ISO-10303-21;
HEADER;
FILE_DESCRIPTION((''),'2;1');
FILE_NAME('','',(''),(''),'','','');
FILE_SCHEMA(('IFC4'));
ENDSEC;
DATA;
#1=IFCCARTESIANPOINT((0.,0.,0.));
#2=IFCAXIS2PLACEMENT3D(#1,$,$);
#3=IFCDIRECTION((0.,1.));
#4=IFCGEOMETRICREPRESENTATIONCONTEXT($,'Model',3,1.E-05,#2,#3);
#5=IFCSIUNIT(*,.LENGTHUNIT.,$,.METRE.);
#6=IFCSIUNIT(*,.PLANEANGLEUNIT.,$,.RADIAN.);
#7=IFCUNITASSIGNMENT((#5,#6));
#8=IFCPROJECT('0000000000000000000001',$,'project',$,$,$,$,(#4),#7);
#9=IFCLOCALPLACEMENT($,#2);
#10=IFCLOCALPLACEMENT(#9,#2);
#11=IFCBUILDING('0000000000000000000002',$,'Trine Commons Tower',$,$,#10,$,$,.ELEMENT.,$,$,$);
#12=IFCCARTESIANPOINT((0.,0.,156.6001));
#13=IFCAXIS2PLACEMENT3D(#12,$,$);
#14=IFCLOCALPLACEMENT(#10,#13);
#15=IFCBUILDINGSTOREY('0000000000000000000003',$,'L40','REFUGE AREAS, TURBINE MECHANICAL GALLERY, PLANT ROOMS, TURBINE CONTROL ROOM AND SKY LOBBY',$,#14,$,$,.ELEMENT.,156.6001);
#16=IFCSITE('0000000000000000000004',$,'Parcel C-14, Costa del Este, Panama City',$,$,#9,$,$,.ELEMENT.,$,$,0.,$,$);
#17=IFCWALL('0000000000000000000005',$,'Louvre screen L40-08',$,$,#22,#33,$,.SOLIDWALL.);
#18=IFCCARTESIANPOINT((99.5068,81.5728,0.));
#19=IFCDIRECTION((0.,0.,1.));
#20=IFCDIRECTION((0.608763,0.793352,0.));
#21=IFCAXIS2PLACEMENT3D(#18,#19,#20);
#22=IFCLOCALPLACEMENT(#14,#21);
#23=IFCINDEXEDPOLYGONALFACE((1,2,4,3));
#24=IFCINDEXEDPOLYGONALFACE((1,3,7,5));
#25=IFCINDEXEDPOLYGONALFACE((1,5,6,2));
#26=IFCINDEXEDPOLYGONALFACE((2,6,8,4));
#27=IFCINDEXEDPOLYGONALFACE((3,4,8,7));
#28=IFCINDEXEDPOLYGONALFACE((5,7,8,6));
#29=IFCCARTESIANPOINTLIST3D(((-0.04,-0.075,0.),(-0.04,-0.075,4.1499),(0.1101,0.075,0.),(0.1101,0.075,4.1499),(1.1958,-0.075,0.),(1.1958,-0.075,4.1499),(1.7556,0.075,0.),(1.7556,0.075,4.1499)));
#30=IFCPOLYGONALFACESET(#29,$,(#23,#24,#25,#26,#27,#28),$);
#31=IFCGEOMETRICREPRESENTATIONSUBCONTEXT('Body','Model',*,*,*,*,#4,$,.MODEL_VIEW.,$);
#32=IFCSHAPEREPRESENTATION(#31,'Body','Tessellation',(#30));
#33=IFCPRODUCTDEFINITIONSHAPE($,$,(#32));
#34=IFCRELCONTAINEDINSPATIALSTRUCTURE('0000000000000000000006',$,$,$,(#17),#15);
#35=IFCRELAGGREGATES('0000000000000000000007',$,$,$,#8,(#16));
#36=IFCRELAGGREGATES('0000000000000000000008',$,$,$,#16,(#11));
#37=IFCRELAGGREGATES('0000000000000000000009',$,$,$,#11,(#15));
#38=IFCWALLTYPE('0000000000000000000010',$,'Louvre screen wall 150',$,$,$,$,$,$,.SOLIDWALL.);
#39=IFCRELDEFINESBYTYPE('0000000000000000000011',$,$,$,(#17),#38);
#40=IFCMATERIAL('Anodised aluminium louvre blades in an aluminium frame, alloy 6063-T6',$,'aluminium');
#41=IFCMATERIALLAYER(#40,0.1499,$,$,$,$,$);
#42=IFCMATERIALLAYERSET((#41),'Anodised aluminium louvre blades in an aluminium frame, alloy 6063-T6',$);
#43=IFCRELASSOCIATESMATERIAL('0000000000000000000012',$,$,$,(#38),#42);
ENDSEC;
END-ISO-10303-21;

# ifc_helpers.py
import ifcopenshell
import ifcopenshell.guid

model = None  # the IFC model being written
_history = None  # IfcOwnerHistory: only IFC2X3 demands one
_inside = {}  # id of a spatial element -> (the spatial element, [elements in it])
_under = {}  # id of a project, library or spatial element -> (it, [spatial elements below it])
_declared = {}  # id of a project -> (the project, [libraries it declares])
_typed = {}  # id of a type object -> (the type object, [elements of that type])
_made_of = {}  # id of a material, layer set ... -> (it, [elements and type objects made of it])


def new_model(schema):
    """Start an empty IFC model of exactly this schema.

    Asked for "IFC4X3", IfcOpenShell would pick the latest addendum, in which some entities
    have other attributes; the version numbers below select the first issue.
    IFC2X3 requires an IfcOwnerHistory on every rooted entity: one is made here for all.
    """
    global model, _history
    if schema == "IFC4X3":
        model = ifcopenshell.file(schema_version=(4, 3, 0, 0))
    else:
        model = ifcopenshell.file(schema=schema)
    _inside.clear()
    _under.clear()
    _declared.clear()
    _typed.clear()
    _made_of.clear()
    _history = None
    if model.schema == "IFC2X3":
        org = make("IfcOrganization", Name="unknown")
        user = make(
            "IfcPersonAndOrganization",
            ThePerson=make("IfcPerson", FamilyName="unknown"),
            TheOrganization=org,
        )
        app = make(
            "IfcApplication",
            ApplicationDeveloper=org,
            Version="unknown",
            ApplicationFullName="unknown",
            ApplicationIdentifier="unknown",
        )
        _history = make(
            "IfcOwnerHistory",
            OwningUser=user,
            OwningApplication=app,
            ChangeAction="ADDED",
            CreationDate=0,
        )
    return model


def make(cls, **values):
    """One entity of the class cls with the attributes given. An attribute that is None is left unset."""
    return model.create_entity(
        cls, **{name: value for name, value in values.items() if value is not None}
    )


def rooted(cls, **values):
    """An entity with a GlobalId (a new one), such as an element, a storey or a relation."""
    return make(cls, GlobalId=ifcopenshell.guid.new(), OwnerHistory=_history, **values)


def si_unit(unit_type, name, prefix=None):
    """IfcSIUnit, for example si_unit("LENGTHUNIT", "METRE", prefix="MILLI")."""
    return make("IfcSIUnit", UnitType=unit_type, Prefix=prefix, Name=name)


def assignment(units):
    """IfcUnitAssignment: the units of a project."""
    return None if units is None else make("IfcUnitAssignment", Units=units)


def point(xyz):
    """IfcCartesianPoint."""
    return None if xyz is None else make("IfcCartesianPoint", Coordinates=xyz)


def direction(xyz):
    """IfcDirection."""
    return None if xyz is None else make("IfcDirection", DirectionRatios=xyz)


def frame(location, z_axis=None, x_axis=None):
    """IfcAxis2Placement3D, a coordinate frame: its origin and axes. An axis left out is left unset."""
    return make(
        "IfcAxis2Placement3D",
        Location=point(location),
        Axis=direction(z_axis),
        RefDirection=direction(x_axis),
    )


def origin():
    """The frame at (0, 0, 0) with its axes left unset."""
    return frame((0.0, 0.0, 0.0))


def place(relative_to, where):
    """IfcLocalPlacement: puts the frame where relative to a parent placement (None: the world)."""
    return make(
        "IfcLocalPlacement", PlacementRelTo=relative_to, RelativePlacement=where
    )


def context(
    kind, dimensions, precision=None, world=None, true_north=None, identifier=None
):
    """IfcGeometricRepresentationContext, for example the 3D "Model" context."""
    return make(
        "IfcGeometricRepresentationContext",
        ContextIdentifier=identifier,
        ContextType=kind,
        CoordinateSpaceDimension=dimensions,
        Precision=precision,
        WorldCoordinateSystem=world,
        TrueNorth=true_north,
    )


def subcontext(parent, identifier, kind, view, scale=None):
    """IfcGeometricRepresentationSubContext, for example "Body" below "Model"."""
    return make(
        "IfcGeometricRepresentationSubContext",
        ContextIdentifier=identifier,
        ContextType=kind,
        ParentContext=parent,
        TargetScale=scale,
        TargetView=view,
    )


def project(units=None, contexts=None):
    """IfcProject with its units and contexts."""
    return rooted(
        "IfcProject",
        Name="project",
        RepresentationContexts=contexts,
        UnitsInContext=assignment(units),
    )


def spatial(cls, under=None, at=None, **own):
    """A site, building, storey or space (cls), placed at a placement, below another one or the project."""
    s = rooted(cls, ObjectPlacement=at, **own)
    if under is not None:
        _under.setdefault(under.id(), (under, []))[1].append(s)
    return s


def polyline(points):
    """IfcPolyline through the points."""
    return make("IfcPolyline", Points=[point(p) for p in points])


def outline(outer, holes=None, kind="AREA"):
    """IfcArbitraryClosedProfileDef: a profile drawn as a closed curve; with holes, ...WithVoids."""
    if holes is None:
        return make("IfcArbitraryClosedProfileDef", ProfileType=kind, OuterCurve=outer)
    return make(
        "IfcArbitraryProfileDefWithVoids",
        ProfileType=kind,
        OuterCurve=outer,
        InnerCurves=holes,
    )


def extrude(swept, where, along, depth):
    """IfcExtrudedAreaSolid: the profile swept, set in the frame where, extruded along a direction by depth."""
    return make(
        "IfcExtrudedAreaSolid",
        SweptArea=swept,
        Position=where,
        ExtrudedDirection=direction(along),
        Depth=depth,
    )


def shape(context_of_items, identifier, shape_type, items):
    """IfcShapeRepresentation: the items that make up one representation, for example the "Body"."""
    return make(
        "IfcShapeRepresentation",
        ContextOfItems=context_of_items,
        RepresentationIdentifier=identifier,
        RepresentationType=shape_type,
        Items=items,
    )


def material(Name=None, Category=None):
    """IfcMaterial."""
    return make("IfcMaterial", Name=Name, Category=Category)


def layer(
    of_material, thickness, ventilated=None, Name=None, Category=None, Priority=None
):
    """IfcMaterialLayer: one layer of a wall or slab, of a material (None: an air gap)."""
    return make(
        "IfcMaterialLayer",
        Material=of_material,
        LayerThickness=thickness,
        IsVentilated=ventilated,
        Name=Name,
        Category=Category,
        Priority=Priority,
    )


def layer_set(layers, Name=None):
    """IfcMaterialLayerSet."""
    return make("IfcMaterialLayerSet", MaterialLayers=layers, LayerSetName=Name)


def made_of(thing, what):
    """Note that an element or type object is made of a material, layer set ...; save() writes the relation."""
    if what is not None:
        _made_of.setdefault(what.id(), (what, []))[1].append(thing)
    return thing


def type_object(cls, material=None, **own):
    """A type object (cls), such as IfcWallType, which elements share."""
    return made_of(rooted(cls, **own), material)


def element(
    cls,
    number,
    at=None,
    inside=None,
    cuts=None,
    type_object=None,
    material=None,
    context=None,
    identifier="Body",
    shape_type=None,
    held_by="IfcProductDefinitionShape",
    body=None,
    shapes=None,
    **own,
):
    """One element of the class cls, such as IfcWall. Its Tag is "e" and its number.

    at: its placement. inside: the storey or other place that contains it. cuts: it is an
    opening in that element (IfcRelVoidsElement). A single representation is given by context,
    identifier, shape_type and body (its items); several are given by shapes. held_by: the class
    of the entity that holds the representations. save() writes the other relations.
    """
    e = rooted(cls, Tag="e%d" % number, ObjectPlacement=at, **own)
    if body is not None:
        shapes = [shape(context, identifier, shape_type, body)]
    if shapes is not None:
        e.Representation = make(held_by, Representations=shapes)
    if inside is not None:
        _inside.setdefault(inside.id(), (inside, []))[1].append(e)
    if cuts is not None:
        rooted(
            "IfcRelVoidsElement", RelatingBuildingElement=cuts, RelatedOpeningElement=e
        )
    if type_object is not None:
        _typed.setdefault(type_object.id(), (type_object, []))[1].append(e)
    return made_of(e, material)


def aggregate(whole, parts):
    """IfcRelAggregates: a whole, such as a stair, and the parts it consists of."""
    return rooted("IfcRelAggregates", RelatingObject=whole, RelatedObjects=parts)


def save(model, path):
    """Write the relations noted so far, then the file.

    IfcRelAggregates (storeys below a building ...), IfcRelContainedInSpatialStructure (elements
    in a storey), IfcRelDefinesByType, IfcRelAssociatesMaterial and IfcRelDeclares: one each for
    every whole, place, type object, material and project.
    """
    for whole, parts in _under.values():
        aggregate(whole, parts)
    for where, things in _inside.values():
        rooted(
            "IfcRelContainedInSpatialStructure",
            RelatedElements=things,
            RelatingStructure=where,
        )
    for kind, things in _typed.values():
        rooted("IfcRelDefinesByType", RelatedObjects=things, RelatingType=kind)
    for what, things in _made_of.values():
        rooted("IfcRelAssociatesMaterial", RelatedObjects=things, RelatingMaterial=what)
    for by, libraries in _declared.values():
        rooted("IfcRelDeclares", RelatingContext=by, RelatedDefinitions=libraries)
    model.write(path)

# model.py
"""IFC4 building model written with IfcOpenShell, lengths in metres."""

from ifc_helpers import new_model, si_unit, direction, frame, origin, place, context, subcontext, project, spatial, polyline, outline, extrude, material, layer, layer_set, type_object, element, save


model = new_model("IFC4")

# Units and contexts
model_context = context("Model", 3, precision=1e-05, world=origin(), true_north=direction((0.0, 1.0)))
body_context = subcontext(model_context, "Body", "Model", "MODEL_VIEW")
ifc_project = project(units=[si_unit("LENGTHUNIT", "METRE"), si_unit("PLANEANGLEUNIT", "RADIAN")], contexts=[model_context])

# Site, building, storey
site_placement = place(None, origin())
site = spatial("IfcSite", under=ifc_project, at=site_placement, Name="Parcel C-14, Costa del Este, Panama City", CompositionType="ELEMENT", RefElevation=0.0)
building_placement = place(site_placement, origin())
building = spatial("IfcBuilding", under=site, at=building_placement, Name="Trine Commons Tower", CompositionType="ELEMENT")
storey_placement = place(building_placement, frame((0.0, 0.0, 156.6001)))
storey = spatial("IfcBuildingStorey", under=building, at=storey_placement, Name="L40", Description="REFUGE AREAS, TURBINE MECHANICAL GALLERY, PLANT ROOMS, TURBINE CONTROL ROOM AND SKY LOBBY", CompositionType="ELEMENT", Elevation=156.6001)

# Wall
ifc_material_1 = material(Name="Anodised aluminium louvre blades in an aluminium frame, alloy 6063-T6", Category="aluminium")
ifc_layer_1 = layer(ifc_material_1, 0.1499)
ifc_layer_set_1 = layer_set([ifc_layer_1], Name="Anodised aluminium louvre blades in an aluminium frame, alloy 6063-T6")
wall_type_1 = type_object("IfcWallType", Name="Louvre screen wall 150", PredefinedType="SOLIDWALL", material=ifc_layer_set_1)
wall_1_placement = place(storey_placement, frame((99.5068, 81.5728, 0.0), z_axis=(0.0, 0.0, 1.0), x_axis=(0.608763, 0.793352, 0.0)))
element("IfcWall", 1, at=wall_1_placement, inside=storey, type_object=wall_type_1, Name="Louvre screen L40-08", PredefinedType="SOLIDWALL", context=body_context, shape_type="SweptSolid", body=[
    extrude(outline(polyline([(-0.04, -0.075), (1.1958, -0.075), (1.7556, 0.075), (0.1101, 0.075), (-0.04, -0.075)])), origin(), (0.0, 0.0, 1.0), 4.1499),
])

save(model, "model.ifc")
